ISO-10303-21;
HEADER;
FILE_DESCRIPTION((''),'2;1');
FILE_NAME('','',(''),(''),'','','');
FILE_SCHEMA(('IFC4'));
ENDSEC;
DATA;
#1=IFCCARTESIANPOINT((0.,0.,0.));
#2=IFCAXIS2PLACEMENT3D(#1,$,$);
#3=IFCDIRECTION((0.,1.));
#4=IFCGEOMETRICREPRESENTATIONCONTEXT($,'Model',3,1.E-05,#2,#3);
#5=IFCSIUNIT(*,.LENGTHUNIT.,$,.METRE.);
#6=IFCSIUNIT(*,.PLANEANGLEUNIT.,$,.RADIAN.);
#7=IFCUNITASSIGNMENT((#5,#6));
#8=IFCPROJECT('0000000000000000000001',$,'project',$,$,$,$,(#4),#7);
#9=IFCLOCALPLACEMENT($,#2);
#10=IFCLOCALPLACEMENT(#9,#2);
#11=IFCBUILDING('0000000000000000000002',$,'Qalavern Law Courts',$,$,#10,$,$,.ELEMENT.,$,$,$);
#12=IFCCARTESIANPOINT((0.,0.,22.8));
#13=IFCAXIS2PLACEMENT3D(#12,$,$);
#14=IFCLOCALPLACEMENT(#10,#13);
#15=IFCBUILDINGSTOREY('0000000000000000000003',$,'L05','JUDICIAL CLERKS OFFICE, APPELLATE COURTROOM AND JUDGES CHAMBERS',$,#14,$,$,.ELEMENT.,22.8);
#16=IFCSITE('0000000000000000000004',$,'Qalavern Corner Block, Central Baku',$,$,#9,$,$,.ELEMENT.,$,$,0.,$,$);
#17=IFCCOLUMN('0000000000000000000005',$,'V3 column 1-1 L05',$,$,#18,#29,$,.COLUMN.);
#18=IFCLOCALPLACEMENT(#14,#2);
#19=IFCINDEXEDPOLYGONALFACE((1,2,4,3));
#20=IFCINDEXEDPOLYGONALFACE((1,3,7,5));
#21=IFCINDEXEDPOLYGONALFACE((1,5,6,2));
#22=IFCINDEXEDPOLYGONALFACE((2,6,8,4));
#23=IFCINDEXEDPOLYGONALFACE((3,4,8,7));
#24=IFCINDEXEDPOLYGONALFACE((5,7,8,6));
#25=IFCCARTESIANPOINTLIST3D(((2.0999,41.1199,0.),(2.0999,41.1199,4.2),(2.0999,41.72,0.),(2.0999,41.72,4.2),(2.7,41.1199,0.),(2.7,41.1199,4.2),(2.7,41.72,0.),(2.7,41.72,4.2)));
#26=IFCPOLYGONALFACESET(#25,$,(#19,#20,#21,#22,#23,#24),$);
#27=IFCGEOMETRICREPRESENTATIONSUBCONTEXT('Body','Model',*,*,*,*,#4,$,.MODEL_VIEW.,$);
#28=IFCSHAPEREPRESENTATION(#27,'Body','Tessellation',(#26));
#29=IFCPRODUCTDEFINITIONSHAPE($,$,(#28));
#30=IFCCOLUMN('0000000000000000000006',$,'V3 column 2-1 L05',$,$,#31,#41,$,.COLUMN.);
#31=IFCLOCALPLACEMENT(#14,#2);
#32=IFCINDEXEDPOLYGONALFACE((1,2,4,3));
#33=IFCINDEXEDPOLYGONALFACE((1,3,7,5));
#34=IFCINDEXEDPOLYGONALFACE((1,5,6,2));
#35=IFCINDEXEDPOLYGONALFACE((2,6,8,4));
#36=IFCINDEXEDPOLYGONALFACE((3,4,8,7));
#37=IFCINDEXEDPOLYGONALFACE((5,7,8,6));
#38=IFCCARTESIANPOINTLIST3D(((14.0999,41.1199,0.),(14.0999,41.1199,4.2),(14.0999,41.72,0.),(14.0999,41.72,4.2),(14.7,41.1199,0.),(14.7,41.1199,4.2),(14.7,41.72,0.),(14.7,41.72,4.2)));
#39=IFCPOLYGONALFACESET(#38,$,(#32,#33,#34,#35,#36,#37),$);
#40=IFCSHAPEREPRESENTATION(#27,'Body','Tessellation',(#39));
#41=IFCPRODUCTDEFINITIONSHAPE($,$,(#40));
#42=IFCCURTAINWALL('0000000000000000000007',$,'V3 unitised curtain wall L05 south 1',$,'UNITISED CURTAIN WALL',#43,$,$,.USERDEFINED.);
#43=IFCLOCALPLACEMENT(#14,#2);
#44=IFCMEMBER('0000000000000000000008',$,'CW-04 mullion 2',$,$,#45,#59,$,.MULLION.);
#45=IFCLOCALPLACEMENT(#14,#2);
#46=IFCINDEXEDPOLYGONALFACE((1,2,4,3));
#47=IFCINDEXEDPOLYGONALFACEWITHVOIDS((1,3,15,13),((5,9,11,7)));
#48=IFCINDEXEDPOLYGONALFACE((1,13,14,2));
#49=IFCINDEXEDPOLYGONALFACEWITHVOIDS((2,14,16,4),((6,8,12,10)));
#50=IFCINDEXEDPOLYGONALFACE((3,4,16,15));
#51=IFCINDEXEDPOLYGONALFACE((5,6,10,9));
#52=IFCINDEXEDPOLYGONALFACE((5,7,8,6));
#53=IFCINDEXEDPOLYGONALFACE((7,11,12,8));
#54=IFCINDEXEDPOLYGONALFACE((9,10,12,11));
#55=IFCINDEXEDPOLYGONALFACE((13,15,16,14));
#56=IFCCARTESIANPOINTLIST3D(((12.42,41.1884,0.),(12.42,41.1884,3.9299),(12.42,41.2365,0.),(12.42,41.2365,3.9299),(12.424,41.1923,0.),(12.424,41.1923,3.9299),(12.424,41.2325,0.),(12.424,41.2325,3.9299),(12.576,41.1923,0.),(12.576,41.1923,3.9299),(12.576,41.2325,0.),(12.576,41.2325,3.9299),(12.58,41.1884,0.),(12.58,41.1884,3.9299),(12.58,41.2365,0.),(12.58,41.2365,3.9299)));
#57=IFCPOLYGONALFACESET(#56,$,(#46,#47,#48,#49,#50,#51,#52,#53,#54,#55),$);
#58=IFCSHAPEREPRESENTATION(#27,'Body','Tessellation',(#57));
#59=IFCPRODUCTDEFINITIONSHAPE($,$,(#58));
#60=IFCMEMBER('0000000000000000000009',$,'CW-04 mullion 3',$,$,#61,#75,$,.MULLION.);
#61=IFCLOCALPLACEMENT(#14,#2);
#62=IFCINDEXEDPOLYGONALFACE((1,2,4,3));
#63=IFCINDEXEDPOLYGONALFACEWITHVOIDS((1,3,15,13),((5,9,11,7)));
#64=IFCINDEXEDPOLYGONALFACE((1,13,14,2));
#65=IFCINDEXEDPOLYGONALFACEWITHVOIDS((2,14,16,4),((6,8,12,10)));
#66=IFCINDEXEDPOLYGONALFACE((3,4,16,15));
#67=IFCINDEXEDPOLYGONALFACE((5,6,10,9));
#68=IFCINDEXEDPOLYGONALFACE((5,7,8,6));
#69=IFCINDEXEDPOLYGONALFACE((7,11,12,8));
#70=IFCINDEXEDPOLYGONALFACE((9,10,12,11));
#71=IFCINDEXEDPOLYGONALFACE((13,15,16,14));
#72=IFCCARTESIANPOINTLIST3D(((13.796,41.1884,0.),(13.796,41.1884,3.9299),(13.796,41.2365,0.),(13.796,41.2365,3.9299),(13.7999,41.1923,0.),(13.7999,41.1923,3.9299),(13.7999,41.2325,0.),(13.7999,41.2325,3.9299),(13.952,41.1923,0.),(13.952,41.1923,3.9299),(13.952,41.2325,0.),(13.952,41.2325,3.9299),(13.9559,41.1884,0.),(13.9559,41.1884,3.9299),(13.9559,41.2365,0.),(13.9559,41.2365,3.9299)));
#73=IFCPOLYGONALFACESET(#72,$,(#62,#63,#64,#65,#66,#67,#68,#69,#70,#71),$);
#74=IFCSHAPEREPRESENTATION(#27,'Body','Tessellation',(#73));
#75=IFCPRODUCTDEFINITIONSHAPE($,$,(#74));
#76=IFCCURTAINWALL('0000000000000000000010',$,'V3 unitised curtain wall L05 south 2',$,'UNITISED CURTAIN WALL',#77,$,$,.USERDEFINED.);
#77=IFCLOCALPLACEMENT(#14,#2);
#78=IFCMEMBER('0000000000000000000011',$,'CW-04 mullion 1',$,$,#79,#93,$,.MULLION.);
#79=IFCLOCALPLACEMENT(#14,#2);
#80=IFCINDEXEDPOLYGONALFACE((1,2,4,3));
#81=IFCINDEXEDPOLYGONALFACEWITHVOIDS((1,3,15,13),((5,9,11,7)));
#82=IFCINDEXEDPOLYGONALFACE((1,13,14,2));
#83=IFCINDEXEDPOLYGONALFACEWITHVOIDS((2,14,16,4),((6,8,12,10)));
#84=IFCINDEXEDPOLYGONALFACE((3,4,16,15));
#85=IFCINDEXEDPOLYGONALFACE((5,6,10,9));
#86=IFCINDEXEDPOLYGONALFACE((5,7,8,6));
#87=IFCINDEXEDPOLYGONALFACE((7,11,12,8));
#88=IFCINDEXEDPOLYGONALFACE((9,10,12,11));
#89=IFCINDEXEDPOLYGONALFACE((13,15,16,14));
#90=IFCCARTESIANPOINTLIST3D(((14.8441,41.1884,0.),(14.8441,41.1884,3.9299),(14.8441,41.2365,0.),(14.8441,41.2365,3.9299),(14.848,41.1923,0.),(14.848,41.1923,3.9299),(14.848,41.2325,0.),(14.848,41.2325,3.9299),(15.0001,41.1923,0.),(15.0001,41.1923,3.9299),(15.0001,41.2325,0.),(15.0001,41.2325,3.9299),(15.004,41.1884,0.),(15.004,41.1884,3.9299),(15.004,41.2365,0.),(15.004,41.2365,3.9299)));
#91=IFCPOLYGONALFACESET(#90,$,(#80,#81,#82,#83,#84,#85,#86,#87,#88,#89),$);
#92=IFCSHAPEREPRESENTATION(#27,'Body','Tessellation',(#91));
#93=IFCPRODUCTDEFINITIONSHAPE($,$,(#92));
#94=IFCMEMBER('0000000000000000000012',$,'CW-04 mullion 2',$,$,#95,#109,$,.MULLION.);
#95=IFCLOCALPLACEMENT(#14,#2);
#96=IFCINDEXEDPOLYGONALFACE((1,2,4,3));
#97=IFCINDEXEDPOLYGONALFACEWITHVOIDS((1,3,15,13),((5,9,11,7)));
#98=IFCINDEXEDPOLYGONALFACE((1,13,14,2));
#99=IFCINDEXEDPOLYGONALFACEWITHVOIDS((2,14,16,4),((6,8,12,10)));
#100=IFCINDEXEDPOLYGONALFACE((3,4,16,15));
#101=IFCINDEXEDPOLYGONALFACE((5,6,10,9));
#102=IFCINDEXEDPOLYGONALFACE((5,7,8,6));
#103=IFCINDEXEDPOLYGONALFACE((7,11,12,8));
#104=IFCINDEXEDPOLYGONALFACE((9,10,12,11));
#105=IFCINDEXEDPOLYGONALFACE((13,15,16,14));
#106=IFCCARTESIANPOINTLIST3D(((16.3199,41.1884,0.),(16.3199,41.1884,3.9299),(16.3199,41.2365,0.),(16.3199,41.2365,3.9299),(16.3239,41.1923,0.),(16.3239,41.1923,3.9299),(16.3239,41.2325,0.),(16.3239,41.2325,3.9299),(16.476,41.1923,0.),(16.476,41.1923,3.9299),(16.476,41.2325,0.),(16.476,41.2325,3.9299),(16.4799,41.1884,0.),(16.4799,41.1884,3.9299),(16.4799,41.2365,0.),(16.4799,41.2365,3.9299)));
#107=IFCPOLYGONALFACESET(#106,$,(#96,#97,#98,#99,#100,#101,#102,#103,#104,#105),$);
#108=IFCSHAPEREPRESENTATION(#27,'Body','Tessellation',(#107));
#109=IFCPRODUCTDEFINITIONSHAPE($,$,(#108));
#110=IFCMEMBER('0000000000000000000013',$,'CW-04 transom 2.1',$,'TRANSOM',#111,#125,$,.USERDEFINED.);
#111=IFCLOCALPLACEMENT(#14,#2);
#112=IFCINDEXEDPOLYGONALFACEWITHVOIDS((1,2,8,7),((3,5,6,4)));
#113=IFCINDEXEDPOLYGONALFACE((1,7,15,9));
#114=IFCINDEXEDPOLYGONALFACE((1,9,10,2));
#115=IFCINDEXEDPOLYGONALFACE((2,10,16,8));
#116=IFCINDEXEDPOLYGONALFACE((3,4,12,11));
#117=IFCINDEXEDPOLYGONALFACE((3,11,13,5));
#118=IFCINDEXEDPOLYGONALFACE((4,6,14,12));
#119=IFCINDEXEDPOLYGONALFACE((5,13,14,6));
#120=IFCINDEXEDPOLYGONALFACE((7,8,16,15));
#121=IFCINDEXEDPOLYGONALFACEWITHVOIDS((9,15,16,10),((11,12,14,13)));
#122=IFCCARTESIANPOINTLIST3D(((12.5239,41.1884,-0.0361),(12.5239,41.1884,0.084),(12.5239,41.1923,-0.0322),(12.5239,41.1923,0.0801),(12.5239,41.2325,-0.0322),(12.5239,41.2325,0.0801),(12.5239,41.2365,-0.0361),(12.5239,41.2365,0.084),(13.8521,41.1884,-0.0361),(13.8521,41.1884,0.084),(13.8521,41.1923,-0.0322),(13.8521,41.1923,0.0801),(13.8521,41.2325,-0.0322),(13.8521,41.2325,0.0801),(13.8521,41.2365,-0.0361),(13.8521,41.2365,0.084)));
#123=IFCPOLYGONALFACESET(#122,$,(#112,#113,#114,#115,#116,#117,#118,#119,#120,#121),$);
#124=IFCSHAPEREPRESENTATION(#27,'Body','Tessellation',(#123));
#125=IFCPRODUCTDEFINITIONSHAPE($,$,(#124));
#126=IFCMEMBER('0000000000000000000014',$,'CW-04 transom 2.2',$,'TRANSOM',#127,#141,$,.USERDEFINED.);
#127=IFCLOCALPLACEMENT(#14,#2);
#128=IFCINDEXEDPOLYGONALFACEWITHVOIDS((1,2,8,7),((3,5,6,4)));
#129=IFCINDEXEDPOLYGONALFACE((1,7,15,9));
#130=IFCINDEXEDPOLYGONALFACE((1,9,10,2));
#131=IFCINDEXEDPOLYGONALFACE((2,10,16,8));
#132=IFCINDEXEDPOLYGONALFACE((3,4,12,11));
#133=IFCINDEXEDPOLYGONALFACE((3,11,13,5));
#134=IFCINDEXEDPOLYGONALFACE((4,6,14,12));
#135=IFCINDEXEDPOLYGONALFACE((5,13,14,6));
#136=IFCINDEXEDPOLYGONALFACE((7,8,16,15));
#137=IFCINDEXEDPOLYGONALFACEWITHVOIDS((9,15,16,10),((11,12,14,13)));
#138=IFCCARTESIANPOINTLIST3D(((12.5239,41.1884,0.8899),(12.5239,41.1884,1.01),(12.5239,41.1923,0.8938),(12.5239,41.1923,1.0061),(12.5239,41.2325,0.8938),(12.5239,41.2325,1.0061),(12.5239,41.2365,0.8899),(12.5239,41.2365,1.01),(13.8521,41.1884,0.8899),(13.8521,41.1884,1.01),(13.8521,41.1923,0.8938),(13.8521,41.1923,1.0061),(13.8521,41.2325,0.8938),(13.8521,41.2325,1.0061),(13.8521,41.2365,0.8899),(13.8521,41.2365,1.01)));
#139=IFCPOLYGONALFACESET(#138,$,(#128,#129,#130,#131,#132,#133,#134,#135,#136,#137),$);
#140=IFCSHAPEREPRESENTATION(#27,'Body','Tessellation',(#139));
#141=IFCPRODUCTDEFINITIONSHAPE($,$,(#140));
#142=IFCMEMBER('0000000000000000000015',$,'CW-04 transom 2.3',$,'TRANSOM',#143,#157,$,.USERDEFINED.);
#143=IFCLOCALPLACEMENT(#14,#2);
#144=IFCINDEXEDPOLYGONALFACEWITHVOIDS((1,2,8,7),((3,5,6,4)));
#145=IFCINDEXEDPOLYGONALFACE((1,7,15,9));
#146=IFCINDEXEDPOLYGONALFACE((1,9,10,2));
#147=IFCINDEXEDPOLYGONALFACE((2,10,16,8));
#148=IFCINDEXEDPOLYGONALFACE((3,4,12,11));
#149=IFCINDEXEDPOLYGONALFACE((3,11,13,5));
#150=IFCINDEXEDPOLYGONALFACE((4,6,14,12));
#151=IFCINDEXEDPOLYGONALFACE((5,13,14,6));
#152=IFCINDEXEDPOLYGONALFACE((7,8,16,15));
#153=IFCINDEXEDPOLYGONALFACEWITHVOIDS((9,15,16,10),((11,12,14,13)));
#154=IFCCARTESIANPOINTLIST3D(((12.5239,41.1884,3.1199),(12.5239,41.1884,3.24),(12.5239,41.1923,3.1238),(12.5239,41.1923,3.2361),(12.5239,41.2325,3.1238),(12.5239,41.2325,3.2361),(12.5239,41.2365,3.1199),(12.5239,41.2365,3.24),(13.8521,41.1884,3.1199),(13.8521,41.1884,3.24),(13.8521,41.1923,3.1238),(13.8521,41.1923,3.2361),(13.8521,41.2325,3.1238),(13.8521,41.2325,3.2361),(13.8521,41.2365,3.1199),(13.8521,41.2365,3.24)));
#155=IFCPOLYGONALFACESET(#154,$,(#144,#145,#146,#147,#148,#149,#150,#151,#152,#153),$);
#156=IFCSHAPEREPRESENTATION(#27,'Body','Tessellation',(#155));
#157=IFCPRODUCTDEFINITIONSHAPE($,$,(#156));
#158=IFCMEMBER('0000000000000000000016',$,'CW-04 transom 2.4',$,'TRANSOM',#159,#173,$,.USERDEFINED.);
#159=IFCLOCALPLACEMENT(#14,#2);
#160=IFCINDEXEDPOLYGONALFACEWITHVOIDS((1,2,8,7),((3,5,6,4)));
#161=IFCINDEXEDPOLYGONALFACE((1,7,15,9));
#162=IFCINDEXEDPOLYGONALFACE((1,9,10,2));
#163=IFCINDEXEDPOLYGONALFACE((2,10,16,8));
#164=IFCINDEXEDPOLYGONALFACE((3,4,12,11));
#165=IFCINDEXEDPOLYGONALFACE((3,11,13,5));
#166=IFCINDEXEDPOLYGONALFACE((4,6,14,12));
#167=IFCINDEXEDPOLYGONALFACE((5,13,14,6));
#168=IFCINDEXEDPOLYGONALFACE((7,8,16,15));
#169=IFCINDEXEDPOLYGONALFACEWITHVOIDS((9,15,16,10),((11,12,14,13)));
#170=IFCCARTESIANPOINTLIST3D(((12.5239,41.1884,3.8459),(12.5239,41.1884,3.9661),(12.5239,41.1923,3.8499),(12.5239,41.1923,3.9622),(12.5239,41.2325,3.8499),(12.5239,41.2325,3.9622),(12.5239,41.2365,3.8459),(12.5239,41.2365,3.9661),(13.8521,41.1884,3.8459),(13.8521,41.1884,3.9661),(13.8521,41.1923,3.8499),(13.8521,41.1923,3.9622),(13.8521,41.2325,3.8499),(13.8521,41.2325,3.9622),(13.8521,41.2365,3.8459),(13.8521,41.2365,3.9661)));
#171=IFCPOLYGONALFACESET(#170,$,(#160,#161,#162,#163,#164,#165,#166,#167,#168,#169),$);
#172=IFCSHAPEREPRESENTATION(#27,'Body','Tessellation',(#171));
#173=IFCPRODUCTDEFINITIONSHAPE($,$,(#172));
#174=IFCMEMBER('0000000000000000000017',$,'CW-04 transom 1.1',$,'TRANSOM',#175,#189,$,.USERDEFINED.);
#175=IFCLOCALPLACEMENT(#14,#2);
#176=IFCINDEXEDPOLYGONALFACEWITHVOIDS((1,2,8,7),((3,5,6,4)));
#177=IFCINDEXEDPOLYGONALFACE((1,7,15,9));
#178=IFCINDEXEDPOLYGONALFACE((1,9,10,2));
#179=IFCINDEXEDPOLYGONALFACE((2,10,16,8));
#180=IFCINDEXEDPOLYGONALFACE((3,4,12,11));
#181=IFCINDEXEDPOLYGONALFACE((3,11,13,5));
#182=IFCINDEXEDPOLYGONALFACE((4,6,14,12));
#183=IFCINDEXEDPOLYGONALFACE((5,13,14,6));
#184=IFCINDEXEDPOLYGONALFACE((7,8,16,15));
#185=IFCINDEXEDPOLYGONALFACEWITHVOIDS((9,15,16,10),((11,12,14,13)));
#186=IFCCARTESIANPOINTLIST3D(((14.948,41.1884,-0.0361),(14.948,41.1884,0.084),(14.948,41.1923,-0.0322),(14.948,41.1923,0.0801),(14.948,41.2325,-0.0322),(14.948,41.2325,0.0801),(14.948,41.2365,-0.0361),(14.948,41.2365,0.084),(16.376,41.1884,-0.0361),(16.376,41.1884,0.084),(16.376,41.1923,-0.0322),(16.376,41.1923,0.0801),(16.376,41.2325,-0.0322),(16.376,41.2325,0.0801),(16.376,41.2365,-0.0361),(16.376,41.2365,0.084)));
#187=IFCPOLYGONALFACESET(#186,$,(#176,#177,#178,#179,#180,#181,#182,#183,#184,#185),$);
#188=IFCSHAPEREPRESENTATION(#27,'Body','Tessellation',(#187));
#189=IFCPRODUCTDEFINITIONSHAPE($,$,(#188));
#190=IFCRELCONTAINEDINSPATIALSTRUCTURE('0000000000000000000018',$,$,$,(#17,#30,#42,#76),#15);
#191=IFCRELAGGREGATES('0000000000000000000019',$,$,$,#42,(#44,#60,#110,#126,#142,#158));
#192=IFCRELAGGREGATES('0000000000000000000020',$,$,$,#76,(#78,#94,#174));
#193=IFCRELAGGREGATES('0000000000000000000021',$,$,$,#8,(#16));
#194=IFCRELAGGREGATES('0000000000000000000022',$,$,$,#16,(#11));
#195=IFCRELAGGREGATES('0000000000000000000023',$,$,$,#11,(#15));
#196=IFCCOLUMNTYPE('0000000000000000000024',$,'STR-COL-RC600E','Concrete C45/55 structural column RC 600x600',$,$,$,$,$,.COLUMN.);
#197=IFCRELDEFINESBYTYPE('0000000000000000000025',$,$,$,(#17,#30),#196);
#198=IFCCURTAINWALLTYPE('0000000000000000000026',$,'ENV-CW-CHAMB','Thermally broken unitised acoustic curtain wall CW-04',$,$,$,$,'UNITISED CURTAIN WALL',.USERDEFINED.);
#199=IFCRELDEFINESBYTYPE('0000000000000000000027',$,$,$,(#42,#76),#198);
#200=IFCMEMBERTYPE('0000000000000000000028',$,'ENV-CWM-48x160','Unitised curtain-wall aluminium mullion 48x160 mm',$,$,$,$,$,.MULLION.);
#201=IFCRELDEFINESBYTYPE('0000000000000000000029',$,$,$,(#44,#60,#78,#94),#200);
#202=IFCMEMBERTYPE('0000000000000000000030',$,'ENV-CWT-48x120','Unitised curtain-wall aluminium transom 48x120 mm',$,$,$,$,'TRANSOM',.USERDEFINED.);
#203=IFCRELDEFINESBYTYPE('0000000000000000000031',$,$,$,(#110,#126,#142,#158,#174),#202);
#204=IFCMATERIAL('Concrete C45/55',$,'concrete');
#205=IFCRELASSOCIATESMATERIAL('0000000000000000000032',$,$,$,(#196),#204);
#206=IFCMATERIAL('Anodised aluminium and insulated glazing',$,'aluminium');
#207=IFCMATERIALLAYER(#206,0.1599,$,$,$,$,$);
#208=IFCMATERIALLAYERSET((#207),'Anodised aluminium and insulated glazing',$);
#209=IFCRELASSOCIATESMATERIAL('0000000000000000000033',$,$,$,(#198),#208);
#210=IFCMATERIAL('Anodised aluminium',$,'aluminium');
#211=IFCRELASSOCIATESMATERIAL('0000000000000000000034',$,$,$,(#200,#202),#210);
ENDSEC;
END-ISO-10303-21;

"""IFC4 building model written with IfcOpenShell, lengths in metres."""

from ifc_helpers import new_model, si_unit, direction, frame, origin, origin_2d, place, context, subcontext, project, spatial, rectangle, hollow_rectangle, extrude, material, layer, layer_set, material_profile, profile_set, type_object, element, aggregate, save


model = new_model("IFC4")

# Units and contexts
model_context = context("Model", 3, precision=1e-05, world=origin(), true_north=direction((0.0, 1.0)))
body_context = subcontext(model_context, "Body", "Model", "MODEL_VIEW")
ifc_project = project(units=[si_unit("LENGTHUNIT", "METRE"), si_unit("PLANEANGLEUNIT", "RADIAN")], contexts=[model_context])

# Site, building, storey
site_placement = place(None, origin())
site = spatial("IfcSite", under=ifc_project, at=site_placement, Name="Qalavern Corner Block, Central Baku", CompositionType="ELEMENT", RefElevation=0.0)
building_placement = place(site_placement, origin())
building = spatial("IfcBuilding", under=site, at=building_placement, Name="Qalavern Law Courts", CompositionType="ELEMENT")
storey_placement = place(building_placement, frame((0.0, 0.0, 22.8)))
storey = spatial("IfcBuildingStorey", under=building, at=storey_placement, Name="L05", Description="JUDICIAL CLERKS OFFICE, APPELLATE COURTROOM AND JUDGES CHAMBERS", CompositionType="ELEMENT", Elevation=22.8)

# Columns
ifc_material_1 = material(Name="Concrete C45/55", Category="concrete")
ifc_material_profile_1 = material_profile(ifc_material_1, rectangle(XDim=0.6001, YDim=0.6001, at=origin_2d()), Name="RC 600x600")
ifc_profile_set_1 = profile_set([ifc_material_profile_1], Name="Concrete C45/55")
column_type = type_object("IfcColumnType", Name="STR-COL-RC600E", Description="Concrete C45/55 structural column RC 600x600", PredefinedType="COLUMN", material=ifc_profile_set_1)
for number, where, z_axis, x_axis, name in (
    (1, (2.3999, 41.4199, 0.0), (0.0, 0.0, 1.0), (1.0, 0.0, 0.0), "V3 column 1-1 L05"),
    (2, (14.3999, 41.4199, 0.0), (0.0, 0.0, 1.0), (1.0, 0.0, 0.0), "V3 column 2-1 L05"),
):
    element("IfcColumn", number, at=place(storey_placement, frame(where, z_axis=z_axis, x_axis=x_axis)), inside=storey, type_object=column_type, Name=name, PredefinedType="COLUMN", context=body_context, shape_type="SweptSolid", body=[
        extrude(rectangle(XDim=0.6001, YDim=0.6001, at=origin_2d()), origin(), (0.0, 0.0, 1.0), 4.2),
    ])

# Curtain walls, members
ifc_material_2 = material(Name="Anodised aluminium and insulated glazing", Category="aluminium")
ifc_layer_1 = layer(ifc_material_2, 0.1599)
ifc_layer_set_1 = layer_set([ifc_layer_1], Name="Anodised aluminium and insulated glazing")
curtain_wall_type = type_object("IfcCurtainWallType", Name="ENV-CW-CHAMB", Description="Thermally broken unitised acoustic curtain wall CW-04", ElementType="UNITISED CURTAIN WALL", PredefinedType="USERDEFINED", material=ifc_layer_set_1)
curtain_wall_1_placement = place(storey_placement, origin())
curtain_wall_1 = element("IfcCurtainWall", 3, at=curtain_wall_1_placement, inside=storey, type_object=curtain_wall_type, Name="V3 unitised curtain wall L05 south 1", ObjectType="UNITISED CURTAIN WALL", PredefinedType="USERDEFINED")
ifc_material_3 = material(Name="Anodised aluminium", Category="aluminium")
ifc_material_profile_2 = material_profile(ifc_material_3, hollow_rectangle(XDim=0.0481, YDim=0.1599, WallThickness=0.0039, at=origin_2d()), Name="ALU MULLION 48x160")
ifc_profile_set_2 = profile_set([ifc_material_profile_2], Name="Anodised aluminium")
member_type_1 = type_object("IfcMemberType", Name="ENV-CWM-48x160", Description="Unitised curtain-wall aluminium mullion 48x160 mm", PredefinedType="MULLION", material=ifc_profile_set_2)
member_1_placement = place(storey_placement, frame((12.5, 41.2124, 0.0), z_axis=(0.0, 0.0, 1.0), x_axis=(0.0, 1.0, 0.0)))
member_1 = element("IfcMember", 4, at=member_1_placement, type_object=member_type_1, Name="CW-04 mullion 2", PredefinedType="MULLION", context=body_context, shape_type="SweptSolid", body=[
    extrude(hollow_rectangle(XDim=0.0481, YDim=0.1599, WallThickness=0.0039, at=origin_2d()), origin(), (0.0, 0.0, 1.0), 3.9299),
])
member_2_placement = place(storey_placement, frame((13.876, 41.2124, 0.0), z_axis=(0.0, 0.0, 1.0), x_axis=(0.0, 1.0, 0.0)))
member_2 = element("IfcMember", 5, at=member_2_placement, type_object=member_type_1, Name="CW-04 mullion 3", PredefinedType="MULLION", context=body_context, shape_type="SweptSolid", body=[
    extrude(hollow_rectangle(XDim=0.0481, YDim=0.1599, WallThickness=0.0039, at=origin_2d()), origin(), (0.0, 0.0, 1.0), 3.9299),
])
curtain_wall_2_placement = place(storey_placement, origin())
curtain_wall_2 = element("IfcCurtainWall", 6, at=curtain_wall_2_placement, inside=storey, type_object=curtain_wall_type, Name="V3 unitised curtain wall L05 south 2", ObjectType="UNITISED CURTAIN WALL", PredefinedType="USERDEFINED")
member_3_placement = place(storey_placement, frame((14.9241, 41.2124, 0.0), z_axis=(0.0, 0.0, 1.0), x_axis=(0.0, 1.0, 0.0)))
member_3 = element("IfcMember", 7, at=member_3_placement, type_object=member_type_1, Name="CW-04 mullion 1", PredefinedType="MULLION", context=body_context, shape_type="SweptSolid", body=[
    extrude(hollow_rectangle(XDim=0.0481, YDim=0.1599, WallThickness=0.0039, at=origin_2d()), origin(), (0.0, 0.0, 1.0), 3.9299),
])
member_4_placement = place(storey_placement, frame((16.3999, 41.2124, 0.0), z_axis=(0.0, 0.0, 1.0), x_axis=(0.0, 1.0, 0.0)))
member_4 = element("IfcMember", 8, at=member_4_placement, type_object=member_type_1, Name="CW-04 mullion 2", PredefinedType="MULLION", context=body_context, shape_type="SweptSolid", body=[
    extrude(hollow_rectangle(XDim=0.0481, YDim=0.1599, WallThickness=0.0039, at=origin_2d()), origin(), (0.0, 0.0, 1.0), 3.9299),
])

# Members
ifc_material_profile_3 = material_profile(ifc_material_3, hollow_rectangle(XDim=0.0481, YDim=0.1201, WallThickness=0.0039, at=origin_2d()), Name="ALU TRANSOM 48x120")
ifc_profile_set_3 = profile_set([ifc_material_profile_3], Name="Anodised aluminium")
member_type_2 = type_object("IfcMemberType", Name="ENV-CWT-48x120", Description="Unitised curtain-wall aluminium transom 48x120 mm", ElementType="TRANSOM", PredefinedType="USERDEFINED", material=ifc_profile_set_3)
member_5_placement = place(storey_placement, frame((12.5239, 41.2124, 0.0239), z_axis=(1.0, 0.0, 0.0), x_axis=(0.0, 1.0, 0.0)))
member_5 = element("IfcMember", 9, at=member_5_placement, type_object=member_type_2, Name="CW-04 transom 2.1", ObjectType="TRANSOM", PredefinedType="USERDEFINED", context=body_context, shape_type="SweptSolid", body=[
    extrude(hollow_rectangle(XDim=0.0481, YDim=0.1201, WallThickness=0.0039, at=origin_2d()), origin(), (0.0, 0.0, 1.0), 1.3281),
])
member_6_placement = place(storey_placement, frame((12.5239, 41.2124, 0.95), z_axis=(1.0, 0.0, 0.0), x_axis=(0.0, 1.0, 0.0)))
member_6 = element("IfcMember", 10, at=member_6_placement, type_object=member_type_2, Name="CW-04 transom 2.2", ObjectType="TRANSOM", PredefinedType="USERDEFINED", context=body_context, shape_type="SweptSolid", body=[
    extrude(hollow_rectangle(XDim=0.0481, YDim=0.1201, WallThickness=0.0039, at=origin_2d()), origin(), (0.0, 0.0, 1.0), 1.3281),
])
member_7_placement = place(storey_placement, frame((12.5239, 41.2124, 3.1799), z_axis=(1.0, 0.0, 0.0), x_axis=(0.0, 1.0, 0.0)))
member_7 = element("IfcMember", 11, at=member_7_placement, type_object=member_type_2, Name="CW-04 transom 2.3", ObjectType="TRANSOM", PredefinedType="USERDEFINED", context=body_context, shape_type="SweptSolid", body=[
    extrude(hollow_rectangle(XDim=0.0481, YDim=0.1201, WallThickness=0.0039, at=origin_2d()), origin(), (0.0, 0.0, 1.0), 1.3281),
])
member_8_placement = place(storey_placement, frame((12.5239, 41.2124, 3.906), z_axis=(1.0, 0.0, 0.0), x_axis=(0.0, 1.0, 0.0)))
member_8 = element("IfcMember", 12, at=member_8_placement, type_object=member_type_2, Name="CW-04 transom 2.4", ObjectType="TRANSOM", PredefinedType="USERDEFINED", context=body_context, shape_type="SweptSolid", body=[
    extrude(hollow_rectangle(XDim=0.0481, YDim=0.1201, WallThickness=0.0039, at=origin_2d()), origin(), (0.0, 0.0, 1.0), 1.3281),
])
member_9_placement = place(storey_placement, frame((14.948, 41.2124, 0.0239), z_axis=(1.0, 0.0, 0.0), x_axis=(0.0, 1.0, 0.0)))
member_9 = element("IfcMember", 13, at=member_9_placement, type_object=member_type_2, Name="CW-04 transom 1.1", ObjectType="TRANSOM", PredefinedType="USERDEFINED", context=body_context, shape_type="SweptSolid", body=[
    extrude(hollow_rectangle(XDim=0.0481, YDim=0.1201, WallThickness=0.0039, at=origin_2d()), origin(), (0.0, 0.0, 1.0), 1.428),
])

aggregate(curtain_wall_1, [member_1, member_2, member_5, member_6, member_7, member_8])
aggregate(curtain_wall_2, [member_3, member_4, member_9])

save(model, "model.ifc")
